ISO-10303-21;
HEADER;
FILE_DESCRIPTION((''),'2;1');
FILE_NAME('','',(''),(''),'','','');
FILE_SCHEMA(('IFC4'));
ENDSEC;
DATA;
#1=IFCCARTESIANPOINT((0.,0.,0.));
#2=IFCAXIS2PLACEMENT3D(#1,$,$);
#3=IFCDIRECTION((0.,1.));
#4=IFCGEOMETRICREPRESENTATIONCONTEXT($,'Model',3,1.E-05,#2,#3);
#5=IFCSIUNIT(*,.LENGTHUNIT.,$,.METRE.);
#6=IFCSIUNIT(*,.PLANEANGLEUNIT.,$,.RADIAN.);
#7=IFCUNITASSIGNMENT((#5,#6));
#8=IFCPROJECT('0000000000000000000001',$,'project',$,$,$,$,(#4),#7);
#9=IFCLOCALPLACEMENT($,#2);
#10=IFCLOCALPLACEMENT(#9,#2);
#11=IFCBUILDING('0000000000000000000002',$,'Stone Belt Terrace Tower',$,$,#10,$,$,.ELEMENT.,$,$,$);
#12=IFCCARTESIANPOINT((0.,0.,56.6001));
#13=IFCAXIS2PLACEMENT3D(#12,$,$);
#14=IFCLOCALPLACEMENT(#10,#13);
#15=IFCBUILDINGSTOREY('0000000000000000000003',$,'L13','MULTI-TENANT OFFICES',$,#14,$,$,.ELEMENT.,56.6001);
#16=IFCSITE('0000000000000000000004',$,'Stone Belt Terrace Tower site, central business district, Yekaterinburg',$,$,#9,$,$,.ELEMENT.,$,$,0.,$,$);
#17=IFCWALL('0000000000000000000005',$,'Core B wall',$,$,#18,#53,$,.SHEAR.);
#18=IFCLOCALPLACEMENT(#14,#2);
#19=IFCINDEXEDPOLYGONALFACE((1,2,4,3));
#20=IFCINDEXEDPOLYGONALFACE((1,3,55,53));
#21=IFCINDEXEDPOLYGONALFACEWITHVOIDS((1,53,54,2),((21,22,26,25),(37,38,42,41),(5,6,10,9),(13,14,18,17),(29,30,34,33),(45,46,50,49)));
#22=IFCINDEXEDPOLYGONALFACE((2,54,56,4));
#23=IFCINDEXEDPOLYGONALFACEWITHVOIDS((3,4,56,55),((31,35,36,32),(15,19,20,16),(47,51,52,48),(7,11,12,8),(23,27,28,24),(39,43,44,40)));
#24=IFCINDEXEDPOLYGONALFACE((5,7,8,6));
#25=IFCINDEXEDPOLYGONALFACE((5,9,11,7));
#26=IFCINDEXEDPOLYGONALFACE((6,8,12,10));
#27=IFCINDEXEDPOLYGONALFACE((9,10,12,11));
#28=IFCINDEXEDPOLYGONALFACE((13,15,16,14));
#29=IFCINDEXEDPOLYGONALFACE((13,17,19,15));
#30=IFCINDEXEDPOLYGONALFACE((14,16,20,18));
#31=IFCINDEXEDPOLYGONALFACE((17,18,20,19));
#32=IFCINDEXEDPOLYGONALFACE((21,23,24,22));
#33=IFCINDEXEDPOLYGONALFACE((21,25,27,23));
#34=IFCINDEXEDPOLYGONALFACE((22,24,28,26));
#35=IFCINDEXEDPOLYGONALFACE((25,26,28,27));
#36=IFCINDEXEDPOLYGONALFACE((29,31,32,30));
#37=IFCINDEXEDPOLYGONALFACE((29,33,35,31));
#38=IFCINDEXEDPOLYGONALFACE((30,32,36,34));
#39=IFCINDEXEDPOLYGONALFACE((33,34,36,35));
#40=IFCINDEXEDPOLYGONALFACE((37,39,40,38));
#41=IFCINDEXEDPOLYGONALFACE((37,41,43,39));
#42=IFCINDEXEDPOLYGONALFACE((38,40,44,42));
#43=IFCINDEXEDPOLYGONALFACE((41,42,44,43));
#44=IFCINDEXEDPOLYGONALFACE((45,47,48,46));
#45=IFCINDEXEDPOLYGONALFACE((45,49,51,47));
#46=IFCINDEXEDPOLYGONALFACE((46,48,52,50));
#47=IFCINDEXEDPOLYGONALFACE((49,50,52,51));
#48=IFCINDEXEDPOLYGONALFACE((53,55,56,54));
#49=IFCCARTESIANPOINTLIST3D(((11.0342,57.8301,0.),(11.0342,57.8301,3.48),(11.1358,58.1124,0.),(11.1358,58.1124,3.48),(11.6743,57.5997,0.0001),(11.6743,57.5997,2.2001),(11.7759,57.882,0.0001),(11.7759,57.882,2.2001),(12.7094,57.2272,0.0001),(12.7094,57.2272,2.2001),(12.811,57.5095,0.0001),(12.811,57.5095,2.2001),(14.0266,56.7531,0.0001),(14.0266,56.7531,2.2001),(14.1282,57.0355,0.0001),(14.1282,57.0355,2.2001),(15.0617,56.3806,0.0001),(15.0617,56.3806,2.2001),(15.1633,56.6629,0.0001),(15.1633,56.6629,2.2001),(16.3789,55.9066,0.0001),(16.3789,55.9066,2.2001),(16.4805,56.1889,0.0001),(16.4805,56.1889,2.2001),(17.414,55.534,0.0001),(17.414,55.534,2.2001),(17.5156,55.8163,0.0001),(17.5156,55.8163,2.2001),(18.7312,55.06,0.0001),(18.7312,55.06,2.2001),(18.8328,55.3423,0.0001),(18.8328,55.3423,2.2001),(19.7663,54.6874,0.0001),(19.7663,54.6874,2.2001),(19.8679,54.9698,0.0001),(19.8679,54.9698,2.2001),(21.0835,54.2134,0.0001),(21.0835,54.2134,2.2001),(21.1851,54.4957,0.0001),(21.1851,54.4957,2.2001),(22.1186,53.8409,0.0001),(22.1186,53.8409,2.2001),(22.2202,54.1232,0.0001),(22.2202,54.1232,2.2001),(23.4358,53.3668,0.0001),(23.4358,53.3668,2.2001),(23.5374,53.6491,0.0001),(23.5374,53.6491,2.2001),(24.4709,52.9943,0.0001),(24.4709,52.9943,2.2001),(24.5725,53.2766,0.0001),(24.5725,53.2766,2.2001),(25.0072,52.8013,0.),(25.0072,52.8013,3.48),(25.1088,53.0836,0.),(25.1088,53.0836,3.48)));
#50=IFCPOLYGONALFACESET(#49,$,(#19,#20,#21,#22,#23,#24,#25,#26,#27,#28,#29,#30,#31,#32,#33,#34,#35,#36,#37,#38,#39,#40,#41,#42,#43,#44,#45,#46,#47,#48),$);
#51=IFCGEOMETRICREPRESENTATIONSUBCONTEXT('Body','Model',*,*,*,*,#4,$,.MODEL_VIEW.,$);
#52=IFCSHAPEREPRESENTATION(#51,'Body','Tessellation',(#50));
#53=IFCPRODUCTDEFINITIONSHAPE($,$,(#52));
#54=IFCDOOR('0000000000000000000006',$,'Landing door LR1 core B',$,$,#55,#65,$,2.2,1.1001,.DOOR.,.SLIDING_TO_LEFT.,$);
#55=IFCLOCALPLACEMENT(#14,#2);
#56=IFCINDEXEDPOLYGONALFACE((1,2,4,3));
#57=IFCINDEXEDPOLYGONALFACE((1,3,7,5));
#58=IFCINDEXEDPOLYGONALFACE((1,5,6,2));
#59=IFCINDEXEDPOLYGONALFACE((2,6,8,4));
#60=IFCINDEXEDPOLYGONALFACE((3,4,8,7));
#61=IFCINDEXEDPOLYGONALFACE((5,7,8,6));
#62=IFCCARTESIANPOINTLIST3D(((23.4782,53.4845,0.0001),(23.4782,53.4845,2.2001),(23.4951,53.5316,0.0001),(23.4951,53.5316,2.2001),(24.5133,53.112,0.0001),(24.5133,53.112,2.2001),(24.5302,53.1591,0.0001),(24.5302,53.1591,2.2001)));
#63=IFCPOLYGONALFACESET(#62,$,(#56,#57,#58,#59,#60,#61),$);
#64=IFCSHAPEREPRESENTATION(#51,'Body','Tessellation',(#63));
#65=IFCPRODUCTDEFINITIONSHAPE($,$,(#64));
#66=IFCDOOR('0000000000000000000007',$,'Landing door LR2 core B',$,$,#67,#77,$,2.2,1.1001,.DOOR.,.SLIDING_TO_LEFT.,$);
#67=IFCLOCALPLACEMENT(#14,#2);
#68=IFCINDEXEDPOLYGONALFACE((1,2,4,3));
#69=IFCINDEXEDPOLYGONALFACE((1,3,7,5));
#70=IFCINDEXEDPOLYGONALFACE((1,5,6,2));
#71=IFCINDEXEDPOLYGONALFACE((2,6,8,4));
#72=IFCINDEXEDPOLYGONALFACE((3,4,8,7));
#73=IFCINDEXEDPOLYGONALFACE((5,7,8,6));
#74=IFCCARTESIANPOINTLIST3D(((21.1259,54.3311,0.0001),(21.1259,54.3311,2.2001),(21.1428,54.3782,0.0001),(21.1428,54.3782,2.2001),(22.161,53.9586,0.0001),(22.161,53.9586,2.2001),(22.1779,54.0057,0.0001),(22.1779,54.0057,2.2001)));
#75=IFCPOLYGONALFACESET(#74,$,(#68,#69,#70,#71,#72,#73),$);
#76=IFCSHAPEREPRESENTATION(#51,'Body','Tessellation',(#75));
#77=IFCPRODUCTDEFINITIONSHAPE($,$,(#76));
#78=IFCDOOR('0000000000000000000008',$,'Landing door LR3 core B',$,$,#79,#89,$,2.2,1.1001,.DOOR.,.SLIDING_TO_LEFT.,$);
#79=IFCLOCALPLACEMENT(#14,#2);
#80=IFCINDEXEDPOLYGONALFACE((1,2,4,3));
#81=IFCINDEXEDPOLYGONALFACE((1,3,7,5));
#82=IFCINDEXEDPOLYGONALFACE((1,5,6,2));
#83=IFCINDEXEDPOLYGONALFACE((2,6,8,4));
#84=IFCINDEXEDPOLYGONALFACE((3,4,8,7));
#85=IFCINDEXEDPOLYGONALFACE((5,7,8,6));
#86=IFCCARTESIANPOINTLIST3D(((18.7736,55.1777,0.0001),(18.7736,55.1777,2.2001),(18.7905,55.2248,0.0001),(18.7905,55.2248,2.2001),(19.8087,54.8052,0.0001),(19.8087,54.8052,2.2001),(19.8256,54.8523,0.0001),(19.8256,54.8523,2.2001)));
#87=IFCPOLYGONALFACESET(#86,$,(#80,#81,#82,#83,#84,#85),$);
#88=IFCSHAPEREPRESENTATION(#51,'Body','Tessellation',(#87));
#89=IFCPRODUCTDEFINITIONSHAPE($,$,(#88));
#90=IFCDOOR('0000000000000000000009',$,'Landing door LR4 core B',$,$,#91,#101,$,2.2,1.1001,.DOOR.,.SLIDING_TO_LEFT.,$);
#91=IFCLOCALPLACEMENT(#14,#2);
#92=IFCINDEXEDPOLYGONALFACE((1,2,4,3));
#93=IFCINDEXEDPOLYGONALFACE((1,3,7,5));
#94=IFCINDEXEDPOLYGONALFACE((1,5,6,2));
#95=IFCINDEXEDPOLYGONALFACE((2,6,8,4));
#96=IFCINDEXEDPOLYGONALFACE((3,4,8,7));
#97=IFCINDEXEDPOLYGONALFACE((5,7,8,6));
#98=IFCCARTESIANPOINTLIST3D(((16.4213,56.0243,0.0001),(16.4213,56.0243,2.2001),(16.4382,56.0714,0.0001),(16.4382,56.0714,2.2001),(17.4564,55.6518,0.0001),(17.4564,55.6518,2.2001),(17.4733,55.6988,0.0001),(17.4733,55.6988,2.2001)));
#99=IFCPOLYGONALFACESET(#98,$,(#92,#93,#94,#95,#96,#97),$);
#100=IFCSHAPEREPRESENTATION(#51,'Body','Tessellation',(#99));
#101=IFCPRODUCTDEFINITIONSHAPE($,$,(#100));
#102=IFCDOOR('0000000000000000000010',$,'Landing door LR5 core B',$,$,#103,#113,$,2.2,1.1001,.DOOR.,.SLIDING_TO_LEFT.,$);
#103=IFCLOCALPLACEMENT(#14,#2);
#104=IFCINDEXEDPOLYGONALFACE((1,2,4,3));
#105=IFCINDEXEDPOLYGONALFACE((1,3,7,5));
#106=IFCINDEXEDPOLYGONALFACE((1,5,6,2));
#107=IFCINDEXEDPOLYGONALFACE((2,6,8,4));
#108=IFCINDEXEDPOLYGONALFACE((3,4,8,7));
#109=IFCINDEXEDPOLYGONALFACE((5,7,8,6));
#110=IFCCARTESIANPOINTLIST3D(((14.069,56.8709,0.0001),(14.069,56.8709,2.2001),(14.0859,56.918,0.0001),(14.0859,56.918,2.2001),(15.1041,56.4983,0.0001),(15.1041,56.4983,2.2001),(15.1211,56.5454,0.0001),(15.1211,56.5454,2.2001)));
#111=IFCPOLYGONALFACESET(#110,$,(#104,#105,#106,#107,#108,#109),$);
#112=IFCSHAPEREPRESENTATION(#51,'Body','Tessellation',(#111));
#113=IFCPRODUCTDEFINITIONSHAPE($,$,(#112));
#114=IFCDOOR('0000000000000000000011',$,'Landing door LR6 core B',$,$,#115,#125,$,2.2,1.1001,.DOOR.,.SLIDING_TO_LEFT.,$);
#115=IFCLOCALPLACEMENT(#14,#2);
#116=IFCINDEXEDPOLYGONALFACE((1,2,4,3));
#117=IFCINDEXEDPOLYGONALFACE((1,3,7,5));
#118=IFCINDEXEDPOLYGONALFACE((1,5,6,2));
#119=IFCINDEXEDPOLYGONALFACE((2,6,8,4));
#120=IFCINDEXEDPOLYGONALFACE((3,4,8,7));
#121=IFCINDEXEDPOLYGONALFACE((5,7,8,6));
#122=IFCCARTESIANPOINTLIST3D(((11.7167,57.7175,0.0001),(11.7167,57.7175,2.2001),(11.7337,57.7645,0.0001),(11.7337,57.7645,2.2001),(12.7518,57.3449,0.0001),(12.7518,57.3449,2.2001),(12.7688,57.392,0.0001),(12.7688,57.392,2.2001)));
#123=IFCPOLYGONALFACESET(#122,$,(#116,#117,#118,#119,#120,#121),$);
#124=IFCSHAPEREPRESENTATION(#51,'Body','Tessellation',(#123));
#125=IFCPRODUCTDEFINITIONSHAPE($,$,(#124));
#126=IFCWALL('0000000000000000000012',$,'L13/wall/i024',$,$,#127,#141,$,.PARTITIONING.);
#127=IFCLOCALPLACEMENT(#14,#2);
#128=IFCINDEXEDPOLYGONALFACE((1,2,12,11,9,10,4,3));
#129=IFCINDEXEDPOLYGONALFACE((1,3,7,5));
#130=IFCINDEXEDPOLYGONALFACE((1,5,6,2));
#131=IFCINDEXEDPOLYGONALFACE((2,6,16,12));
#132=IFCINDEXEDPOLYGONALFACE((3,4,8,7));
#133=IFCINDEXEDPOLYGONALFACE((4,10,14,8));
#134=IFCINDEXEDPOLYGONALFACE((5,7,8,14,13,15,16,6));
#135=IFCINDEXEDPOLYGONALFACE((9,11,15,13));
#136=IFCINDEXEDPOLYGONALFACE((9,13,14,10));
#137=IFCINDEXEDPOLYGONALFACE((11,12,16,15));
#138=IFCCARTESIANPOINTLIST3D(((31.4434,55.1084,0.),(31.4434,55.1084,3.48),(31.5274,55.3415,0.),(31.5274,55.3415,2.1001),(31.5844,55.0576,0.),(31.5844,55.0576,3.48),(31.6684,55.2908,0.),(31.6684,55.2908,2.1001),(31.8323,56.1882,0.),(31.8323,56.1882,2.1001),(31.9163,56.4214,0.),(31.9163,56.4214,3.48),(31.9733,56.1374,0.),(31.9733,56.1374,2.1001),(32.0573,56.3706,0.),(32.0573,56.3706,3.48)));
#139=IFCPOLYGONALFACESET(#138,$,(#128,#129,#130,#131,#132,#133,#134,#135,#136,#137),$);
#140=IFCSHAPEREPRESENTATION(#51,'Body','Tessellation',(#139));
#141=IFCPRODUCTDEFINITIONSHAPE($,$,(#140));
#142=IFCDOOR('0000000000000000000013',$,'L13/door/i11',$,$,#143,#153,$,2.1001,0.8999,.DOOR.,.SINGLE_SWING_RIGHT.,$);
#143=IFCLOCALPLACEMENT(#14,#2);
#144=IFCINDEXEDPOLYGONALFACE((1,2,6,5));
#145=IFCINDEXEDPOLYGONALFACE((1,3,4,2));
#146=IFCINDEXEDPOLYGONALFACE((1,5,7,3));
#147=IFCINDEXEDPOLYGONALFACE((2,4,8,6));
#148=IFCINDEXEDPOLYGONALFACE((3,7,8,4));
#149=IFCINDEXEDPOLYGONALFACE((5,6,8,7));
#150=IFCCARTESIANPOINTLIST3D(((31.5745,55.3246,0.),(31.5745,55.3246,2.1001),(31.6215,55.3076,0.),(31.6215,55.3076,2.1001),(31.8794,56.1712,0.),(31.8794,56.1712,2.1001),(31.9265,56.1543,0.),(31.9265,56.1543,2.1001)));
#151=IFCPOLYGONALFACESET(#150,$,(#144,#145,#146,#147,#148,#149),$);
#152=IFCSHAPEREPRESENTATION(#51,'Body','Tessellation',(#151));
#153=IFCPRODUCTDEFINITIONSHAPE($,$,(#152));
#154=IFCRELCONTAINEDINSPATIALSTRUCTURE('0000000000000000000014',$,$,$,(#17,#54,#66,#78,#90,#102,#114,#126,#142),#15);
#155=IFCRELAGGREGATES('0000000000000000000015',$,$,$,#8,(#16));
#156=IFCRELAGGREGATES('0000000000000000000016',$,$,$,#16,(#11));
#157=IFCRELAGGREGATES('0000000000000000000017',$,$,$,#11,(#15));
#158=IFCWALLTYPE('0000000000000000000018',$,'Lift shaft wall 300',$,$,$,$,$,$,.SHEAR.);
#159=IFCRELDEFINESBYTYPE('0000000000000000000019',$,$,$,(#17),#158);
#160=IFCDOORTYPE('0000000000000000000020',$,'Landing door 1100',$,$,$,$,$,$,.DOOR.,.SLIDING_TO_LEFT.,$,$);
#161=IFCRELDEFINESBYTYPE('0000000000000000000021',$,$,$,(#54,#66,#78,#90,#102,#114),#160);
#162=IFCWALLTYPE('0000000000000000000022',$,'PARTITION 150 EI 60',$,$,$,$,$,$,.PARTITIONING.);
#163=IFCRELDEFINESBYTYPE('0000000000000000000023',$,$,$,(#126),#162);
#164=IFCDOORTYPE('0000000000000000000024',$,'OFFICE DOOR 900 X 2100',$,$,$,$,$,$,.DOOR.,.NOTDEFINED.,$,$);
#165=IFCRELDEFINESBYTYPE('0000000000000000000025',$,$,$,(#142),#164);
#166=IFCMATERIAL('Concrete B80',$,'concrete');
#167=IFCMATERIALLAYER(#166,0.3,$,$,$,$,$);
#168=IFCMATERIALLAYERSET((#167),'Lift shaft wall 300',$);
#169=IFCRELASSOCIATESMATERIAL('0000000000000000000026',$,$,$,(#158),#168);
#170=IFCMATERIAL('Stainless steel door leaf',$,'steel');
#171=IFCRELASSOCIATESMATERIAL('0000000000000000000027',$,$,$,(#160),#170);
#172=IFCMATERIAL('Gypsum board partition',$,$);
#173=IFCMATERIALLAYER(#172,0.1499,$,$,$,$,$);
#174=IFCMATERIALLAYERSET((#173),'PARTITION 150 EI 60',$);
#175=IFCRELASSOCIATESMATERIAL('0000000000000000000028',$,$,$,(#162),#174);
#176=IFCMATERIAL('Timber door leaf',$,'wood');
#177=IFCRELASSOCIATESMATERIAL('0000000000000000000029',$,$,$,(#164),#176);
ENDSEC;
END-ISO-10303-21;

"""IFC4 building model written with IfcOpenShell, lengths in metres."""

from ifc_helpers import new_model, si_unit, direction, frame, frame_2d, origin, place, context, subcontext, project, spatial, rectangle, extrude, material, layer, layer_set, type_object, element, fill, save


model = new_model("IFC4")

# Units and contexts
model_context = context("Model", 3, precision=1e-05, world=origin(), true_north=direction((0.0, 1.0)))
body_context = subcontext(model_context, "Body", "Model", "MODEL_VIEW")
ifc_project = project(units=[si_unit("LENGTHUNIT", "METRE"), si_unit("PLANEANGLEUNIT", "RADIAN")], contexts=[model_context])

# Site, building, storey
site_placement = place(None, origin())
site = spatial("IfcSite", under=ifc_project, at=site_placement, Name="Stone Belt Terrace Tower site, central business district, Yekaterinburg", CompositionType="ELEMENT", RefElevation=0.0)
building_placement = place(site_placement, origin())
building = spatial("IfcBuilding", under=site, at=building_placement, Name="Stone Belt Terrace Tower", CompositionType="ELEMENT")
storey_placement = place(building_placement, frame((0.0, 0.0, 56.6001)))
storey = spatial("IfcBuildingStorey", under=building, at=storey_placement, Name="L13", Description="MULTI-TENANT OFFICES", CompositionType="ELEMENT", Elevation=56.6001)

# Shared definitions
ifc_material_1 = material(Name="Concrete B80", Category="concrete")

# Shared definitions
ifc_material_2 = material(Name="Timber door leaf", Category="wood")
ifc_layer_1 = layer(ifc_material_1, 0.3)
ifc_layer_set_1 = layer_set([ifc_layer_1], Name="Lift shaft wall 300")
wall_type_1 = type_object("IfcWallType", Name="Lift shaft wall 300", PredefinedType="SHEAR", material=ifc_layer_set_1)
ifc_material_3 = material(Name="Stainless steel door leaf", Category="steel")

# Wall, openings, doors
wall_1_placement = place(storey_placement, frame((25.0581, 52.9424, 0.0), z_axis=(0.0, 0.0, 1.0), x_axis=(-0.940918, 0.338634, 0.0)))
wall_1 = element("IfcWall", 1, at=wall_1_placement, inside=storey, type_object=wall_type_1, Name="Core B wall", PredefinedType="SHEAR", context=body_context, shape_type="SweptSolid", body=[
    extrude(rectangle(XDim=14.8503, YDim=0.3, at=frame_2d((7.4253, 0.0))), origin(), (0.0, 0.0, 1.0), 3.48),
])
opening_1_placement = place(wall_1_placement, frame((0.5701, 0.0, 0.0)))
opening_1 = element("IfcOpeningElement", 2, at=opening_1_placement, cuts=wall_1, PredefinedType="OPENING", context=body_context, shape_type="SweptSolid", body=[
    extrude(rectangle(XDim=1.1001, YDim=2.2, at=frame_2d((0.55, 1.1001))), frame((0.0, 0.1599, 0.0), z_axis=(0.0, -1.0, 0.0), x_axis=(1.0, 0.0, 0.0)), (0.0, 0.0, 1.0), 0.3201),
])
opening_2_placement = place(wall_1_placement, frame((3.0701, 0.0, 0.0)))
opening_2 = element("IfcOpeningElement", 3, at=opening_2_placement, cuts=wall_1, PredefinedType="OPENING", context=body_context, shape_type="SweptSolid", body=[
    extrude(rectangle(XDim=1.1001, YDim=2.2, at=frame_2d((0.55, 1.1001))), frame((0.0, 0.1599, 0.0), z_axis=(0.0, -1.0, 0.0), x_axis=(1.0, 0.0, 0.0)), (0.0, 0.0, 1.0), 0.3201),
])
opening_3_placement = place(wall_1_placement, frame((5.5701, 0.0, 0.0)))
opening_3 = element("IfcOpeningElement", 4, at=opening_3_placement, cuts=wall_1, PredefinedType="OPENING", context=body_context, shape_type="SweptSolid", body=[
    extrude(rectangle(XDim=1.1001, YDim=2.2, at=frame_2d((0.55, 1.1001))), frame((0.0, 0.1599, 0.0), z_axis=(0.0, -1.0, 0.0), x_axis=(1.0, 0.0, 0.0)), (0.0, 0.0, 1.0), 0.3201),
])
opening_4_placement = place(wall_1_placement, frame((8.0701, 0.0, 0.0)))
opening_4 = element("IfcOpeningElement", 5, at=opening_4_placement, cuts=wall_1, PredefinedType="OPENING", context=body_context, shape_type="SweptSolid", body=[
    extrude(rectangle(XDim=1.1001, YDim=2.2, at=frame_2d((0.55, 1.1001))), frame((0.0, 0.1599, 0.0), z_axis=(0.0, -1.0, 0.0), x_axis=(1.0, 0.0, 0.0)), (0.0, 0.0, 1.0), 0.3201),
])
opening_5_placement = place(wall_1_placement, frame((10.5701, 0.0, 0.0)))
opening_5 = element("IfcOpeningElement", 6, at=opening_5_placement, cuts=wall_1, PredefinedType="OPENING", context=body_context, shape_type="SweptSolid", body=[
    extrude(rectangle(XDim=1.1001, YDim=2.2, at=frame_2d((0.55, 1.1001))), frame((0.0, 0.1599, 0.0), z_axis=(0.0, -1.0, 0.0), x_axis=(1.0, 0.0, 0.0)), (0.0, 0.0, 1.0), 0.3201),
])
opening_6_placement = place(wall_1_placement, frame((13.0701, 0.0, 0.0)))
opening_6 = element("IfcOpeningElement", 7, at=opening_6_placement, cuts=wall_1, PredefinedType="OPENING", context=body_context, shape_type="SweptSolid", body=[
    extrude(rectangle(XDim=1.1001, YDim=2.2, at=frame_2d((0.55, 1.1001))), frame((0.0, 0.1599, 0.0), z_axis=(0.0, -1.0, 0.0), x_axis=(1.0, 0.0, 0.0)), (0.0, 0.0, 1.0), 0.3201),
])
door_type_1 = type_object("IfcDoorType", Name="Landing door 1100", OperationType="SLIDING_TO_LEFT", PredefinedType="DOOR", material=ifc_material_3)
door_1_placement = place(opening_1_placement, origin())
door_1 = element("IfcDoor", 8, at=door_1_placement, inside=storey, type_object=door_type_1, Name="Landing door LR1 core B", OperationType="SLIDING_TO_LEFT", OverallHeight=2.2, OverallWidth=1.1001, PredefinedType="DOOR", context=body_context, shape_type="SweptSolid", body=[
    extrude(rectangle(XDim=1.1001, YDim=2.2, at=frame_2d((0.55, 1.1001))), frame((0.0, 0.0249, 0.0), z_axis=(0.0, -1.0, 0.0), x_axis=(1.0, 0.0, 0.0)), (0.0, 0.0, 1.0), 0.05),
])
fill(opening_1, door_1)
door_2_placement = place(opening_2_placement, origin())
door_2 = element("IfcDoor", 9, at=door_2_placement, inside=storey, type_object=door_type_1, Name="Landing door LR2 core B", OperationType="SLIDING_TO_LEFT", OverallHeight=2.2, OverallWidth=1.1001, PredefinedType="DOOR", context=body_context, shape_type="SweptSolid", body=[
    extrude(rectangle(XDim=1.1001, YDim=2.2, at=frame_2d((0.55, 1.1001))), frame((0.0, 0.0249, 0.0), z_axis=(0.0, -1.0, 0.0), x_axis=(1.0, 0.0, 0.0)), (0.0, 0.0, 1.0), 0.05),
])
fill(opening_2, door_2)
door_3_placement = place(opening_3_placement, origin())
door_3 = element("IfcDoor", 10, at=door_3_placement, inside=storey, type_object=door_type_1, Name="Landing door LR3 core B", OperationType="SLIDING_TO_LEFT", OverallHeight=2.2, OverallWidth=1.1001, PredefinedType="DOOR", context=body_context, shape_type="SweptSolid", body=[
    extrude(rectangle(XDim=1.1001, YDim=2.2, at=frame_2d((0.55, 1.1001))), frame((0.0, 0.0249, 0.0), z_axis=(0.0, -1.0, 0.0), x_axis=(1.0, 0.0, 0.0)), (0.0, 0.0, 1.0), 0.05),
])
fill(opening_3, door_3)
door_4_placement = place(opening_4_placement, origin())
door_4 = element("IfcDoor", 11, at=door_4_placement, inside=storey, type_object=door_type_1, Name="Landing door LR4 core B", OperationType="SLIDING_TO_LEFT", OverallHeight=2.2, OverallWidth=1.1001, PredefinedType="DOOR", context=body_context, shape_type="SweptSolid", body=[
    extrude(rectangle(XDim=1.1001, YDim=2.2, at=frame_2d((0.55, 1.1001))), frame((0.0, 0.0249, 0.0), z_axis=(0.0, -1.0, 0.0), x_axis=(1.0, 0.0, 0.0)), (0.0, 0.0, 1.0), 0.05),
])
fill(opening_4, door_4)
door_5_placement = place(opening_5_placement, origin())
door_5 = element("IfcDoor", 12, at=door_5_placement, inside=storey, type_object=door_type_1, Name="Landing door LR5 core B", OperationType="SLIDING_TO_LEFT", OverallHeight=2.2, OverallWidth=1.1001, PredefinedType="DOOR", context=body_context, shape_type="SweptSolid", body=[
    extrude(rectangle(XDim=1.1001, YDim=2.2, at=frame_2d((0.55, 1.1001))), frame((0.0, 0.0249, 0.0), z_axis=(0.0, -1.0, 0.0), x_axis=(1.0, 0.0, 0.0)), (0.0, 0.0, 1.0), 0.05),
])
fill(opening_5, door_5)
door_6_placement = place(opening_6_placement, origin())
door_6 = element("IfcDoor", 13, at=door_6_placement, inside=storey, type_object=door_type_1, Name="Landing door LR6 core B", OperationType="SLIDING_TO_LEFT", OverallHeight=2.2, OverallWidth=1.1001, PredefinedType="DOOR", context=body_context, shape_type="SweptSolid", body=[
    extrude(rectangle(XDim=1.1001, YDim=2.2, at=frame_2d((0.55, 1.1001))), frame((0.0, 0.0249, 0.0), z_axis=(0.0, -1.0, 0.0), x_axis=(1.0, 0.0, 0.0)), (0.0, 0.0, 1.0), 0.05),
])
fill(opening_6, door_6)

# Wall, opening, door
ifc_material_4 = material(Name="Gypsum board partition")
ifc_layer_2 = layer(ifc_material_4, 0.1499)
ifc_layer_set_2 = layer_set([ifc_layer_2], Name="PARTITION 150 EI 60")
wall_type_2 = type_object("IfcWallType", Name="PARTITION 150 EI 60", PredefinedType="PARTITIONING", material=ifc_layer_set_2)
wall_2_placement = place(storey_placement, frame((31.5139, 55.083, 0.0), z_axis=(0.0, 0.0, 1.0), x_axis=(0.338862, 0.940836, 0.0)))
wall_2 = element("IfcWall", 14, at=wall_2_placement, inside=storey, type_object=wall_type_2, Name="L13/wall/i024", PredefinedType="PARTITIONING", context=body_context, shape_type="SweptSolid", body=[
    extrude(rectangle(XDim=1.3955, YDim=0.1499, at=frame_2d((0.6978, 0.0))), origin(), (0.0, 0.0, 1.0), 3.48),
])
opening_7_placement = place(wall_2_placement, frame((0.2478, 0.0, 0.0)))
opening_7 = element("IfcOpeningElement", 15, at=opening_7_placement, cuts=wall_2, PredefinedType="OPENING", context=body_context, shape_type="SweptSolid", body=[
    extrude(rectangle(XDim=0.8999, YDim=2.1001, at=frame_2d((0.45, 1.05))), frame((0.0, 0.085, 0.0), z_axis=(0.0, -1.0, 0.0), x_axis=(1.0, 0.0, 0.0)), (0.0, 0.0, 1.0), 0.1699),
])
door_type_2 = type_object("IfcDoorType", Name="OFFICE DOOR 900 X 2100", OperationType="NOTDEFINED", PredefinedType="DOOR", material=ifc_material_2)
door_7_placement = place(opening_7_placement, origin())
door_7 = element("IfcDoor", 16, at=door_7_placement, inside=storey, type_object=door_type_2, Name="L13/door/i11", OperationType="SINGLE_SWING_RIGHT", OverallHeight=2.1001, OverallWidth=0.8999, PredefinedType="DOOR", context=body_context, shape_type="SweptSolid", body=[
    extrude(rectangle(XDim=0.8999, YDim=2.1001, at=frame_2d((0.45, 1.05))), frame((0.0, 0.0249, 0.0), z_axis=(0.0, -1.0, 0.0), x_axis=(1.0, 0.0, 0.0)), (0.0, 0.0, 1.0), 0.05),
])
fill(opening_7, door_7)

save(model, "model.ifc")
